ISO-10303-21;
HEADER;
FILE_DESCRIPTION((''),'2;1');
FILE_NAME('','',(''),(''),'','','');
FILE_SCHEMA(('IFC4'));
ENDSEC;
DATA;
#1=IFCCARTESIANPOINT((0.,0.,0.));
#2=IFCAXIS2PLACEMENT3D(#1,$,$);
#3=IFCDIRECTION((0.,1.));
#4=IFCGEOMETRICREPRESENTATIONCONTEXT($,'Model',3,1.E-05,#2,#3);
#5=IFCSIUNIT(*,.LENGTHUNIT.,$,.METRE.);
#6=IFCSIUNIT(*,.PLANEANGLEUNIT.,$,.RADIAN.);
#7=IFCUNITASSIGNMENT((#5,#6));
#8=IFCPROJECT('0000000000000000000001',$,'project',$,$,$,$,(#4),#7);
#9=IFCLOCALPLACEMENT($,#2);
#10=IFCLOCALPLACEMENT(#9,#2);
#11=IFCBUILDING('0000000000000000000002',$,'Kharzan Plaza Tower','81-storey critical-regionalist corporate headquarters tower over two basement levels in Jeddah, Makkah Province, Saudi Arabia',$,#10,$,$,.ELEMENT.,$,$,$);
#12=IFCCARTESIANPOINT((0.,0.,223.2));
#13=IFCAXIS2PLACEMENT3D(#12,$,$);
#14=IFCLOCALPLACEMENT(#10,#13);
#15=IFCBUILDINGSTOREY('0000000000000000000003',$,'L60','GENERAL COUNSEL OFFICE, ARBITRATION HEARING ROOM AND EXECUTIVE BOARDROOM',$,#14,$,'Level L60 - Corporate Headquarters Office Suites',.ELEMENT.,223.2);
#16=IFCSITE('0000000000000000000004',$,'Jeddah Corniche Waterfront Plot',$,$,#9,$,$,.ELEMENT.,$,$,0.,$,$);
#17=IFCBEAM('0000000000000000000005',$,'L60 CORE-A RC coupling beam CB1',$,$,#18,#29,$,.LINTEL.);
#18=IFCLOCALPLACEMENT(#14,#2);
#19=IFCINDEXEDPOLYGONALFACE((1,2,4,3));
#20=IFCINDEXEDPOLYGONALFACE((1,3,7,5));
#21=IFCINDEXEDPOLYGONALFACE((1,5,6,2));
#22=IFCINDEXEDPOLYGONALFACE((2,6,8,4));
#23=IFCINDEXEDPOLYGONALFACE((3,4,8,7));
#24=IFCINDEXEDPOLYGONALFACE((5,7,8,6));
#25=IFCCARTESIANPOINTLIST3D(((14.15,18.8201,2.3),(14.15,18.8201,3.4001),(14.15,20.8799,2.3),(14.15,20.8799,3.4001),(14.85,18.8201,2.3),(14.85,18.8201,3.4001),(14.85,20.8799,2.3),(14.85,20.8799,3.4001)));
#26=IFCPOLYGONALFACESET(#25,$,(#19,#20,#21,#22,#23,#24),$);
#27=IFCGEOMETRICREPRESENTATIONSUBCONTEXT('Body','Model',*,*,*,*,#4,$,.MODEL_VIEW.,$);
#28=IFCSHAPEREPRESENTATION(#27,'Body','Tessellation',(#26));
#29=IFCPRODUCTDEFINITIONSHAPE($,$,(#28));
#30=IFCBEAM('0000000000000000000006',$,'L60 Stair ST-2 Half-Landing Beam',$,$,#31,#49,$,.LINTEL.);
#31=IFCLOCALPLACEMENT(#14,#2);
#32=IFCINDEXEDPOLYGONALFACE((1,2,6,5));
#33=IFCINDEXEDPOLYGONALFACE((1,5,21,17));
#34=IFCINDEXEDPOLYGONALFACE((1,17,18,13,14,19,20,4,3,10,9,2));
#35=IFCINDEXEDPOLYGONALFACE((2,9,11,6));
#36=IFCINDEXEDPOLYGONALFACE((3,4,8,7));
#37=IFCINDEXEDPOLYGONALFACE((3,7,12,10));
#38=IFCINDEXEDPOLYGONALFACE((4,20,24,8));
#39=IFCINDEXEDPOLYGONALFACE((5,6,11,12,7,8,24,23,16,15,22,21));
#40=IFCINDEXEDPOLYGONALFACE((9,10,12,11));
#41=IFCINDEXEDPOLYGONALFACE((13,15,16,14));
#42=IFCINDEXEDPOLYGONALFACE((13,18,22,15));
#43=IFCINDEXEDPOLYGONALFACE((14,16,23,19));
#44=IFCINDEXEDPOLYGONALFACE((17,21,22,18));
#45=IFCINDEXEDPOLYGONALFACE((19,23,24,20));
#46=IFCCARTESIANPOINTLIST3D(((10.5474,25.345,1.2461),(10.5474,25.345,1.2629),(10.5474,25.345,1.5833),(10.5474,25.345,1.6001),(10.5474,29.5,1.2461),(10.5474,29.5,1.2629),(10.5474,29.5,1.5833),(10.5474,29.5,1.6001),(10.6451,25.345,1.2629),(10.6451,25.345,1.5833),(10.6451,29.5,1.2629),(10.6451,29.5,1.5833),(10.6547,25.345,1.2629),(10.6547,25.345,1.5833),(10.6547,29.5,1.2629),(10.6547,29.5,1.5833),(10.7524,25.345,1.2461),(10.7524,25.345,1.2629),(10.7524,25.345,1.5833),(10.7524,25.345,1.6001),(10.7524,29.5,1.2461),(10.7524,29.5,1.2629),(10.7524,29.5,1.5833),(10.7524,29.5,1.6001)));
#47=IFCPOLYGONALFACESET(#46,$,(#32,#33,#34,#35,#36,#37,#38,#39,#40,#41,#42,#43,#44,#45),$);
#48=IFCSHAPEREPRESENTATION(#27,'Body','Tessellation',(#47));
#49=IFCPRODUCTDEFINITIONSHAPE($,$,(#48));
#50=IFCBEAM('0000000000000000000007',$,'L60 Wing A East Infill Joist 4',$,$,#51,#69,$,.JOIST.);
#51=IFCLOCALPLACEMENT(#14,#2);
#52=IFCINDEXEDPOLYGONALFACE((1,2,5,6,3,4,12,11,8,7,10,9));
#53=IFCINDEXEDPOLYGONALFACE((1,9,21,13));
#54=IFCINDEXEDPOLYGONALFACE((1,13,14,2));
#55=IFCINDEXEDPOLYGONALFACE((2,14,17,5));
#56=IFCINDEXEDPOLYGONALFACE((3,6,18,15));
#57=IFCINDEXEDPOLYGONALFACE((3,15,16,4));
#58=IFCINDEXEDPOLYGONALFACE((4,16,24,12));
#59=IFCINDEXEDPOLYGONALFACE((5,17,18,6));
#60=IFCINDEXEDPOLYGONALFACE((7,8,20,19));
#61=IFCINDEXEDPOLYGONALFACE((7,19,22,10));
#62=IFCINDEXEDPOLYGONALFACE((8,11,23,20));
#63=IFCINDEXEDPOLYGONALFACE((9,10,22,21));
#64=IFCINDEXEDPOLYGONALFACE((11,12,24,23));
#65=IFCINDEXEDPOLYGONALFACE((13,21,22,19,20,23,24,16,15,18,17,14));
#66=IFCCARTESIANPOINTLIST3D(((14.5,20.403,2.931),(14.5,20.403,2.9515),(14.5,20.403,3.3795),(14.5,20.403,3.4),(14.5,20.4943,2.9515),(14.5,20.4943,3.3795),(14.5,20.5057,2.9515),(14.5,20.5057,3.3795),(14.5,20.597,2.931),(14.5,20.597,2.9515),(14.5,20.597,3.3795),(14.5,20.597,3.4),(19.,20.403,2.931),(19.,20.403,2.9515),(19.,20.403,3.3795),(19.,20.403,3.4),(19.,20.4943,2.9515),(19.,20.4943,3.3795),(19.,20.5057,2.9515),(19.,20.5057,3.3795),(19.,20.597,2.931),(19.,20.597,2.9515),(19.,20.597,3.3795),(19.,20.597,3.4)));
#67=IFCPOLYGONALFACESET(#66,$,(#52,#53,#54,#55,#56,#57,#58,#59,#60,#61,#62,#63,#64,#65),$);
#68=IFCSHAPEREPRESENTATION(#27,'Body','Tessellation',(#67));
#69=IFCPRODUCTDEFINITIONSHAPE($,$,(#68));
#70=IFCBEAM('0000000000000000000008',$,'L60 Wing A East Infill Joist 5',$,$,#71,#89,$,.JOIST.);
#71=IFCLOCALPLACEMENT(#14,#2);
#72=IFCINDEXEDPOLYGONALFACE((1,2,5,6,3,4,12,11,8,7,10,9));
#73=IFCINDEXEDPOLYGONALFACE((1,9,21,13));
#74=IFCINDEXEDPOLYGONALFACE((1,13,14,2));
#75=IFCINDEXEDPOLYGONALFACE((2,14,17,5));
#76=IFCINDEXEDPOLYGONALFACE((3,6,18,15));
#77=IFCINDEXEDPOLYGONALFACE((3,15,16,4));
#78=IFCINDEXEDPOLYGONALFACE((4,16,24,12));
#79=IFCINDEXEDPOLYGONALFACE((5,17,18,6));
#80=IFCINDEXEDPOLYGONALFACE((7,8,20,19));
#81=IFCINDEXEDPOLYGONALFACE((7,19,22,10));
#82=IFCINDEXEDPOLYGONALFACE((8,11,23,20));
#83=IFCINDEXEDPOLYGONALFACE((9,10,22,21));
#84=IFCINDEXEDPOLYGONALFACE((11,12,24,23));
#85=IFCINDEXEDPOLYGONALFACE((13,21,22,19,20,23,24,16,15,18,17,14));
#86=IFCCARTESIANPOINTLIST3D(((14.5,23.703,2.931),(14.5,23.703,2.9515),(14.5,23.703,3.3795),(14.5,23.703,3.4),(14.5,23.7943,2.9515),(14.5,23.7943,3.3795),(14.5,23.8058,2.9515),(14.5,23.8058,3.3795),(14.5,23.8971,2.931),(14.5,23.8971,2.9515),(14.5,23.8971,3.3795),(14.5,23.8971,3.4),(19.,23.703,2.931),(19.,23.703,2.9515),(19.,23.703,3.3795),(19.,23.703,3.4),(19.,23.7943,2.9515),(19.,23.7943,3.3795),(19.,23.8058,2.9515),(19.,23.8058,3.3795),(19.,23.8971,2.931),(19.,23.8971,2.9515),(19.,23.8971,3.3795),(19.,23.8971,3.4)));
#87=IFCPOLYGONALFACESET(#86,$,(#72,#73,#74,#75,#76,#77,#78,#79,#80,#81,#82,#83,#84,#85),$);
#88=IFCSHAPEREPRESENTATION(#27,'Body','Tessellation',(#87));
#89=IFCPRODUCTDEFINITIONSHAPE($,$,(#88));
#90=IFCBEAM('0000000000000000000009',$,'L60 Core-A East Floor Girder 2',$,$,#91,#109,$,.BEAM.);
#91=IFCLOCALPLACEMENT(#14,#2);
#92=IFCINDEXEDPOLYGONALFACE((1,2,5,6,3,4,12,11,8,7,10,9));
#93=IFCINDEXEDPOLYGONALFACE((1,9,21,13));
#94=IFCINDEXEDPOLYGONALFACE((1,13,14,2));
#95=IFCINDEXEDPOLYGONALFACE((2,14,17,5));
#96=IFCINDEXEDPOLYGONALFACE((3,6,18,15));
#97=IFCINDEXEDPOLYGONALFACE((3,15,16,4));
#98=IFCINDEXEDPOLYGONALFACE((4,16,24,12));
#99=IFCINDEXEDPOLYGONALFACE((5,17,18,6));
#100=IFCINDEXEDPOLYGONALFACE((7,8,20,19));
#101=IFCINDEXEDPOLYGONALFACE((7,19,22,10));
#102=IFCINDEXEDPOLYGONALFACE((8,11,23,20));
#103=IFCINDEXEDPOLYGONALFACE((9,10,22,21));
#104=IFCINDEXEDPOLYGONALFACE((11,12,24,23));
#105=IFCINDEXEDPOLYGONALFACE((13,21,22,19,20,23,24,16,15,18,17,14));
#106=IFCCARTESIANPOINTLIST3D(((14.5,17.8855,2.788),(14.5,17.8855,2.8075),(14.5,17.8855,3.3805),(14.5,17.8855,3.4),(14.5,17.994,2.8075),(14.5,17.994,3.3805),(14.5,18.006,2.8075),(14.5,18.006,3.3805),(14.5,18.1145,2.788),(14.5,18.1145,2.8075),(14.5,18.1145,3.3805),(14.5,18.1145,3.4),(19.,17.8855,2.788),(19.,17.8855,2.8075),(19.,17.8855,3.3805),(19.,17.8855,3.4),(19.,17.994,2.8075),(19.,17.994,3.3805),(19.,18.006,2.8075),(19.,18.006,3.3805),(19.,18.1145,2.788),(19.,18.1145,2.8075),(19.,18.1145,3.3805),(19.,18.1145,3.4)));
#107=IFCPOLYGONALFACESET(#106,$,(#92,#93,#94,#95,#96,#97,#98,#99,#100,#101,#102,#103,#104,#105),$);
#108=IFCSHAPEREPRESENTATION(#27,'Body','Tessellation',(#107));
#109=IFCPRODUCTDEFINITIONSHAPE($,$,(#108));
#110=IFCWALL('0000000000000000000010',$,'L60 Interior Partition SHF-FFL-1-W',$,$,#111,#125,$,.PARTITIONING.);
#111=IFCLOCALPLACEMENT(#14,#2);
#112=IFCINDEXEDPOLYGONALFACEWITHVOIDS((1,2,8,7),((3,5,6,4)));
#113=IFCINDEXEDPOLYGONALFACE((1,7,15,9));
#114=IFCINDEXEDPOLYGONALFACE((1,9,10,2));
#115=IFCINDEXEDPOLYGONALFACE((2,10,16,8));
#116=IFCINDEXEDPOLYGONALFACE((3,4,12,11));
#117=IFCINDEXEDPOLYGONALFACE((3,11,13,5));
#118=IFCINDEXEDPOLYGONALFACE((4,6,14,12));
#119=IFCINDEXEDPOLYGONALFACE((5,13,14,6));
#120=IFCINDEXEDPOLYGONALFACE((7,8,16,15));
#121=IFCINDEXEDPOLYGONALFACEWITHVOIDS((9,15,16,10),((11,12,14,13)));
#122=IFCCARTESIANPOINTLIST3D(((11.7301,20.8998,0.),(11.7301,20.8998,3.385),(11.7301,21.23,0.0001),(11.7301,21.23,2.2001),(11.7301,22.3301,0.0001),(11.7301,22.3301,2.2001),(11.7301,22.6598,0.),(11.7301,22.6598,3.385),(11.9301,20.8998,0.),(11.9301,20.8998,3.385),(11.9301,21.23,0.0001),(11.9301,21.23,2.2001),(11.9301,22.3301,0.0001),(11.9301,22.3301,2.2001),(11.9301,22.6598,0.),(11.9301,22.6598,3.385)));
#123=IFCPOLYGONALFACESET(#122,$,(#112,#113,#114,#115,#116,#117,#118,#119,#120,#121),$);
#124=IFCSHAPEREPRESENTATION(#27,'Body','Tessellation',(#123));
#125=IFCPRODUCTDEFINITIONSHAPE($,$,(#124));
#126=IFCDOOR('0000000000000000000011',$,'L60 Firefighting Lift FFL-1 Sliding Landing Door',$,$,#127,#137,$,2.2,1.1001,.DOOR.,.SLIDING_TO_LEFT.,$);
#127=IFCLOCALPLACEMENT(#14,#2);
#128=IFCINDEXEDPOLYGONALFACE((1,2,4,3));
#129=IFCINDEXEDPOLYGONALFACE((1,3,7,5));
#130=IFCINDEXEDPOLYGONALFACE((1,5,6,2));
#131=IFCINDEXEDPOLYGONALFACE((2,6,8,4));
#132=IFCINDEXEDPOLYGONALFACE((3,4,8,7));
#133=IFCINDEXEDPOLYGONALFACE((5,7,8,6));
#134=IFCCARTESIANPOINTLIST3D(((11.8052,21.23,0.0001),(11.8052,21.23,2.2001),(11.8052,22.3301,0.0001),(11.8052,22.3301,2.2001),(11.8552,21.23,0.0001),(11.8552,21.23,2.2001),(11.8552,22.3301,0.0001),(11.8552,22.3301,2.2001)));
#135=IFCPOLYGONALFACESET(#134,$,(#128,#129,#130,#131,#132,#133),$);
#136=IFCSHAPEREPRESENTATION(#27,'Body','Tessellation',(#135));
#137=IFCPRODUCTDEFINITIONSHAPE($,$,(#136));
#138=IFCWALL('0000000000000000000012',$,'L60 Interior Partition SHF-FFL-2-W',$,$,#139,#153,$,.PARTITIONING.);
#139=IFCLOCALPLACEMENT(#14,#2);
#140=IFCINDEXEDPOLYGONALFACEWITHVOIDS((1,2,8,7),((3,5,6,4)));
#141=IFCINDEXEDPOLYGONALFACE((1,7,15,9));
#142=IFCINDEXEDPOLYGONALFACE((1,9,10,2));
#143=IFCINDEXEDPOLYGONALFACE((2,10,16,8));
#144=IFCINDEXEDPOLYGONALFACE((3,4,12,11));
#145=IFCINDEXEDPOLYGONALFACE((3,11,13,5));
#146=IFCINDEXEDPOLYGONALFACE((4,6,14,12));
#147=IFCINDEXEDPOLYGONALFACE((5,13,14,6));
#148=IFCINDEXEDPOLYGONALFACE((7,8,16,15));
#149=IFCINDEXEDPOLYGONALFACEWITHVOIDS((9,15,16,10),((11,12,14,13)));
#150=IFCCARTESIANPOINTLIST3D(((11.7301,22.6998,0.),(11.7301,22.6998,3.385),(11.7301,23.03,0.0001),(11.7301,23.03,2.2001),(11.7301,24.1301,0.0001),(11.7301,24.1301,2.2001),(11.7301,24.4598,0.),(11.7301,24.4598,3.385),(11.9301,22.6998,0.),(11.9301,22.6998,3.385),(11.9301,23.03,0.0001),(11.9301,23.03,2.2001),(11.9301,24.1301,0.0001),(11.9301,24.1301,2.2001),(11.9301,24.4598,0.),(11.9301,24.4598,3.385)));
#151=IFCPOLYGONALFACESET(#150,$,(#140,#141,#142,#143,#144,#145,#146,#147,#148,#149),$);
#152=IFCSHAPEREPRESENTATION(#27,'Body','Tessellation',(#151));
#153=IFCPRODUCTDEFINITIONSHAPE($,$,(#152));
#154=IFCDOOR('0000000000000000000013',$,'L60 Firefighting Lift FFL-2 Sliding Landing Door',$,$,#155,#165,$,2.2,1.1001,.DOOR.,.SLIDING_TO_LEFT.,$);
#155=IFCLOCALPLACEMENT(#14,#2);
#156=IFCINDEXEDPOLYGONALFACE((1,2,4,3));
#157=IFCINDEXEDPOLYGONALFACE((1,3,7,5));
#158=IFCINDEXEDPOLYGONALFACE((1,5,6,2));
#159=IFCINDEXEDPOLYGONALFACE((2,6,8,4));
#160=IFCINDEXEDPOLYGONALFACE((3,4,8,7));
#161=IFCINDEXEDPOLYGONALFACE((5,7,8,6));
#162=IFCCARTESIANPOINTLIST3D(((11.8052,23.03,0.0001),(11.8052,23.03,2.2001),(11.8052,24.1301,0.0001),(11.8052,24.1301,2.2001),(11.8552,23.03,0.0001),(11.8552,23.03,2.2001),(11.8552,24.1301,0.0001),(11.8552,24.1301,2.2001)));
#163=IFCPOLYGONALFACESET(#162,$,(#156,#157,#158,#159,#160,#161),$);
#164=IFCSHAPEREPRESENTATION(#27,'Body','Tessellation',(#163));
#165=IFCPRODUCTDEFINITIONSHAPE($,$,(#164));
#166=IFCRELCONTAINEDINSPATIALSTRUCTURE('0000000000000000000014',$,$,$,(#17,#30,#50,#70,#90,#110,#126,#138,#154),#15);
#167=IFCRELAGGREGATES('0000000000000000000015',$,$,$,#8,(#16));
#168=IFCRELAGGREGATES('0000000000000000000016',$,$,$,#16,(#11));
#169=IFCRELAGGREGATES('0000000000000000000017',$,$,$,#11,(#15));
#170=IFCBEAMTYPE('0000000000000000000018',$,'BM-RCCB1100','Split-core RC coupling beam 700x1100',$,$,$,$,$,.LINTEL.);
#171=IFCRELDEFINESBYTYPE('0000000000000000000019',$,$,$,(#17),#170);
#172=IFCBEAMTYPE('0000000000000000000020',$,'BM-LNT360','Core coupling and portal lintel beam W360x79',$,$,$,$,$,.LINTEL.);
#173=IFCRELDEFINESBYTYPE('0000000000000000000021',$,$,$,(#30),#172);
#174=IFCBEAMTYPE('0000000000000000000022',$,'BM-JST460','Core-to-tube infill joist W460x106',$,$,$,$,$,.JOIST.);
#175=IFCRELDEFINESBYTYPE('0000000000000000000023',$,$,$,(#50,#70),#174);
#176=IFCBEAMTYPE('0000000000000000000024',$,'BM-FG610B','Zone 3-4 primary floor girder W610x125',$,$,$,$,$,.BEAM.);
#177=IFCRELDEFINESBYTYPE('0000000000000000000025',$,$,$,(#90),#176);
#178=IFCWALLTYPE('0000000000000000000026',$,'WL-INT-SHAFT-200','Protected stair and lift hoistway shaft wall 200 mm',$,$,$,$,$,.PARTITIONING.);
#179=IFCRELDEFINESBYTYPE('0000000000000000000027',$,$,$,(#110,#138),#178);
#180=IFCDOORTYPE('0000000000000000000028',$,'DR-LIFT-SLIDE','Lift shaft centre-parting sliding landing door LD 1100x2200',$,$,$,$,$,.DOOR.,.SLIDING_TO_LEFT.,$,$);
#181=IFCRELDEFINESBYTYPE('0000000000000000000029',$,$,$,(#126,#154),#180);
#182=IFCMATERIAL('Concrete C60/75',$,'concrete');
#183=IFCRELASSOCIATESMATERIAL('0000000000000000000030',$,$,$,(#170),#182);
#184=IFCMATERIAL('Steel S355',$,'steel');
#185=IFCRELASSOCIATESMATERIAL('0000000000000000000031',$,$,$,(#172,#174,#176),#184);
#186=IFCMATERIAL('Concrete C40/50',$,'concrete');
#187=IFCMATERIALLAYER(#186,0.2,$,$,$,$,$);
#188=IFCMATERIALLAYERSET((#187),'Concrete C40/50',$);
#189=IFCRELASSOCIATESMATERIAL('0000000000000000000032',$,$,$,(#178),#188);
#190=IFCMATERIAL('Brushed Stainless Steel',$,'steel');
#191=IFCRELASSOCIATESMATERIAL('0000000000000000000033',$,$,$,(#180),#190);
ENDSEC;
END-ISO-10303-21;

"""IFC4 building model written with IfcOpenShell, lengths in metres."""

from ifc_helpers import new_model, si_unit, direction, frame, frame_2d, origin, origin_2d, place, context, subcontext, project, spatial, rectangle, i_section, extrude, source, transform, mapped, material, layer, layer_set, material_profile, profile_set, type_object, element, fill, save


model = new_model("IFC4")

# Units and contexts
model_context = context("Model", 3, precision=1e-05, world=origin(), true_north=direction((0.0, 1.0)))
body_context = subcontext(model_context, "Body", "Model", "MODEL_VIEW")
ifc_project = project(units=[si_unit("LENGTHUNIT", "METRE"), si_unit("PLANEANGLEUNIT", "RADIAN")], contexts=[model_context])

# Site, building, storey
site_placement = place(None, origin())
site = spatial("IfcSite", under=ifc_project, at=site_placement, Name="Jeddah Corniche Waterfront Plot", CompositionType="ELEMENT", RefElevation=0.0)
building_placement = place(site_placement, origin())
building = spatial("IfcBuilding", under=site, at=building_placement, Name="Kharzan Plaza Tower", Description="81-storey critical-regionalist corporate headquarters tower over two basement levels in Jeddah, Makkah Province, Saudi Arabia", CompositionType="ELEMENT")
storey_placement = place(building_placement, frame((0.0, 0.0, 223.2)))
storey = spatial("IfcBuildingStorey", under=building, at=storey_placement, Name="L60", Description="GENERAL COUNSEL OFFICE, ARBITRATION HEARING ROOM AND EXECUTIVE BOARDROOM", LongName="Level L60 - Corporate Headquarters Office Suites", CompositionType="ELEMENT", Elevation=223.2)

# Beams
ifc_material_1 = material(Name="Concrete C60/75", Category="concrete")
ifc_material_profile_1 = material_profile(ifc_material_1, rectangle(XDim=0.7, YDim=1.1001, at=origin_2d()), Name="RC-CB1100x700")
ifc_profile_set_1 = profile_set([ifc_material_profile_1], Name="Concrete C60/75")
beam_type_1 = type_object("IfcBeamType", Name="BM-RCCB1100", Description="Split-core RC coupling beam 700x1100", PredefinedType="LINTEL", material=ifc_profile_set_1)
shared_shape_1 = source(origin(), body_context, "Body", "SweptSolid", [
    extrude(rectangle(XDim=0.7, YDim=1.1001, at=origin_2d()), origin(), (0.0, 0.0, 1.0), 2.0598),
])
beam_1_placement = place(storey_placement, frame((14.5, 18.8201, 2.8501), z_axis=(0.0, 1.0, 0.0), x_axis=(-1.0, 0.0, 0.0)))
element("IfcBeam", 1, at=beam_1_placement, inside=storey, type_object=beam_type_1, Name="L60 CORE-A RC coupling beam CB1", PredefinedType="LINTEL", context=body_context, shape_type="MappedRepresentation", body=[
    mapped(shared_shape_1, transform((0.0, 0.0, 0.0), x_axis=(1.0, 0.0, 0.0), y_axis=(0.0, 1.0, 0.0), z_axis=(0.0, 0.0, 1.0))),
])
ifc_material_2 = material(Name="Steel S355", Category="steel")
ifc_material_profile_2 = material_profile(ifc_material_2, i_section(OverallWidth=0.2051, OverallDepth=0.354, WebThickness=0.0095, FlangeThickness=0.0168, at=origin_2d()), Name="W360x79")
ifc_profile_set_2 = profile_set([ifc_material_profile_2], Name="Steel S355")
beam_type_2 = type_object("IfcBeamType", Name="BM-LNT360", Description="Core coupling and portal lintel beam W360x79", PredefinedType="LINTEL", material=ifc_profile_set_2)
shared_shape_2 = source(origin(), body_context, "Body", "SweptSolid", [
    extrude(i_section(OverallWidth=0.2051, OverallDepth=0.354, WebThickness=0.0095, FlangeThickness=0.0168, at=origin_2d()), origin(), (0.0, 0.0, 1.0), 4.155),
])
beam_2_placement = place(storey_placement, frame((10.6499, 25.345, 1.4231), z_axis=(0.0, 1.0, 0.0), x_axis=(-1.0, 0.0, 0.0)))
element("IfcBeam", 2, at=beam_2_placement, inside=storey, type_object=beam_type_2, Name="L60 Stair ST-2 Half-Landing Beam", PredefinedType="LINTEL", context=body_context, shape_type="MappedRepresentation", body=[
    mapped(shared_shape_2, transform((0.0, 0.0, 0.0), x_axis=(1.0, 0.0, 0.0), y_axis=(0.0, 1.0, 0.0), z_axis=(0.0, 0.0, 1.0))),
])
ifc_material_profile_3 = material_profile(ifc_material_2, i_section(OverallWidth=0.1941, OverallDepth=0.469, WebThickness=0.0115, FlangeThickness=0.0205, at=origin_2d()), Name="W460x106")
ifc_profile_set_3 = profile_set([ifc_material_profile_3], Name="Steel S355")
beam_type_3 = type_object("IfcBeamType", Name="BM-JST460", Description="Core-to-tube infill joist W460x106", PredefinedType="JOIST", material=ifc_profile_set_3)
shared_shape_3 = source(origin(), body_context, "Body", "SweptSolid", [
    extrude(i_section(OverallWidth=0.1941, OverallDepth=0.469, WebThickness=0.0115, FlangeThickness=0.0205, at=origin_2d()), origin(), (0.0, 0.0, 1.0), 4.5),
])
for number, where, z_axis, x_axis, name in (
    (3, (14.5, 20.5, 3.1655), (1.0, 0.0, 0.0), (0.0, 1.0, 0.0), "L60 Wing A East Infill Joist 4"),
    (4, (14.5, 23.8, 3.1655), (1.0, 0.0, 0.0), (0.0, 1.0, 0.0), "L60 Wing A East Infill Joist 5"),
):
    element("IfcBeam", number, at=place(storey_placement, frame(where, z_axis=z_axis, x_axis=x_axis)), inside=storey, type_object=beam_type_3, Name=name, PredefinedType="JOIST", context=body_context, shape_type="MappedRepresentation", body=[
        mapped(shared_shape_3, transform((0.0, 0.0, 0.0), x_axis=(1.0, 0.0, 0.0), y_axis=(0.0, 1.0, 0.0), z_axis=(0.0, 0.0, 1.0))),
    ])
ifc_material_profile_4 = material_profile(ifc_material_2, i_section(OverallWidth=0.229, OverallDepth=0.6121, WebThickness=0.012, FlangeThickness=0.0195, at=origin_2d()), Name="W610x125")
ifc_profile_set_4 = profile_set([ifc_material_profile_4], Name="Steel S355")
beam_type_4 = type_object("IfcBeamType", Name="BM-FG610B", Description="Zone 3-4 primary floor girder W610x125", PredefinedType="BEAM", material=ifc_profile_set_4)
shared_shape_4 = source(origin(), body_context, "Body", "SweptSolid", [
    extrude(i_section(OverallWidth=0.229, OverallDepth=0.6121, WebThickness=0.012, FlangeThickness=0.0195, at=origin_2d()), origin(), (0.0, 0.0, 1.0), 4.5),
])
beam_3_placement = place(storey_placement, frame((14.5, 18.0, 3.094), z_axis=(1.0, 0.0, 0.0), x_axis=(0.0, 1.0, 0.0)))
element("IfcBeam", 5, at=beam_3_placement, inside=storey, type_object=beam_type_4, Name="L60 Core-A East Floor Girder 2", PredefinedType="BEAM", context=body_context, shape_type="MappedRepresentation", body=[
    mapped(shared_shape_4, transform((0.0, 0.0, 0.0), x_axis=(1.0, 0.0, 0.0), y_axis=(0.0, 1.0, 0.0), z_axis=(0.0, 0.0, 1.0))),
])

# Walls, openings, doors
ifc_material_3 = material(Name="Concrete C40/50", Category="concrete")
ifc_layer_1 = layer(ifc_material_3, 0.2)
ifc_layer_set_1 = layer_set([ifc_layer_1], Name="Concrete C40/50")
wall_type_1 = type_object("IfcWallType", Name="WL-INT-SHAFT-200", Description="Protected stair and lift hoistway shaft wall 200 mm", PredefinedType="PARTITIONING", material=ifc_layer_set_1)
wall_1_placement = place(storey_placement, frame((11.8301, 20.8999, 0.0), z_axis=(0.0, 0.0, 1.0), x_axis=(0.0, 1.0, 0.0)))
wall_1 = element("IfcWall", 6, at=wall_1_placement, inside=storey, type_object=wall_type_1, Name="L60 Interior Partition SHF-FFL-1-W", PredefinedType="PARTITIONING", context=body_context, shape_type="SweptSolid", body=[
    extrude(rectangle(XDim=1.76, YDim=0.2, at=frame_2d((0.8799, 0.0))), origin(), (0.0, 0.0, 1.0), 3.385),
])
opening_1_placement = place(wall_1_placement, frame((0.3301, 0.0, 0.0)))
opening_1 = element("IfcOpeningElement", 7, at=opening_1_placement, cuts=wall_1, PredefinedType="OPENING", context=body_context, shape_type="SweptSolid", body=[
    extrude(rectangle(XDim=1.1001, YDim=2.2, at=frame_2d((0.55, 1.1001))), frame((0.0, 0.1099, 0.0), z_axis=(0.0, -1.0, 0.0), x_axis=(1.0, 0.0, 0.0)), (0.0, 0.0, 1.0), 0.22),
])
ifc_material_4 = material(Name="Brushed Stainless Steel", Category="steel")
door_type_1 = type_object("IfcDoorType", Name="DR-LIFT-SLIDE", Description="Lift shaft centre-parting sliding landing door LD 1100x2200", OperationType="SLIDING_TO_LEFT", PredefinedType="DOOR", material=ifc_material_4)
shared_shape_5 = source(origin(), body_context, "Body", "SweptSolid", [
    extrude(rectangle(XDim=1.1001, YDim=2.2, at=frame_2d((0.55, 1.1001))), frame((0.0, 0.0249, 0.0), z_axis=(0.0, -1.0, 0.0), x_axis=(1.0, 0.0, 0.0)), (0.0, 0.0, 1.0), 0.05),
])
door_1_placement = place(opening_1_placement, origin())
door_1 = element("IfcDoor", 8, at=door_1_placement, inside=storey, type_object=door_type_1, Name="L60 Firefighting Lift FFL-1 Sliding Landing Door", OperationType="SLIDING_TO_LEFT", OverallHeight=2.2, OverallWidth=1.1001, PredefinedType="DOOR", context=body_context, shape_type="MappedRepresentation", body=[
    mapped(shared_shape_5, transform((0.0, 0.0, 0.0), x_axis=(1.0, 0.0, 0.0), y_axis=(0.0, 1.0, 0.0), z_axis=(0.0, 0.0, 1.0))),
])
fill(opening_1, door_1)
wall_2_placement = place(storey_placement, frame((11.8301, 22.7, 0.0), z_axis=(0.0, 0.0, 1.0), x_axis=(0.0, 1.0, 0.0)))
wall_2 = element("IfcWall", 9, at=wall_2_placement, inside=storey, type_object=wall_type_1, Name="L60 Interior Partition SHF-FFL-2-W", PredefinedType="PARTITIONING", context=body_context, shape_type="SweptSolid", body=[
    extrude(rectangle(XDim=1.76, YDim=0.2, at=frame_2d((0.8799, 0.0))), origin(), (0.0, 0.0, 1.0), 3.385),
])
opening_2_placement = place(wall_2_placement, frame((0.3301, 0.0, 0.0)))
opening_2 = element("IfcOpeningElement", 10, at=opening_2_placement, cuts=wall_2, PredefinedType="OPENING", context=body_context, shape_type="SweptSolid", body=[
    extrude(rectangle(XDim=1.1001, YDim=2.2, at=frame_2d((0.55, 1.1001))), frame((0.0, 0.1099, 0.0), z_axis=(0.0, -1.0, 0.0), x_axis=(1.0, 0.0, 0.0)), (0.0, 0.0, 1.0), 0.22),
])
door_2_placement = place(opening_2_placement, origin())
door_2 = element("IfcDoor", 11, at=door_2_placement, inside=storey, type_object=door_type_1, Name="L60 Firefighting Lift FFL-2 Sliding Landing Door", OperationType="SLIDING_TO_LEFT", OverallHeight=2.2, OverallWidth=1.1001, PredefinedType="DOOR", context=body_context, shape_type="MappedRepresentation", body=[
    mapped(shared_shape_5, transform((0.0, 0.0, 0.0), x_axis=(1.0, 0.0, 0.0), y_axis=(0.0, 1.0, 0.0), z_axis=(0.0, 0.0, 1.0))),
])
fill(opening_2, door_2)

save(model, "model.ifc")
